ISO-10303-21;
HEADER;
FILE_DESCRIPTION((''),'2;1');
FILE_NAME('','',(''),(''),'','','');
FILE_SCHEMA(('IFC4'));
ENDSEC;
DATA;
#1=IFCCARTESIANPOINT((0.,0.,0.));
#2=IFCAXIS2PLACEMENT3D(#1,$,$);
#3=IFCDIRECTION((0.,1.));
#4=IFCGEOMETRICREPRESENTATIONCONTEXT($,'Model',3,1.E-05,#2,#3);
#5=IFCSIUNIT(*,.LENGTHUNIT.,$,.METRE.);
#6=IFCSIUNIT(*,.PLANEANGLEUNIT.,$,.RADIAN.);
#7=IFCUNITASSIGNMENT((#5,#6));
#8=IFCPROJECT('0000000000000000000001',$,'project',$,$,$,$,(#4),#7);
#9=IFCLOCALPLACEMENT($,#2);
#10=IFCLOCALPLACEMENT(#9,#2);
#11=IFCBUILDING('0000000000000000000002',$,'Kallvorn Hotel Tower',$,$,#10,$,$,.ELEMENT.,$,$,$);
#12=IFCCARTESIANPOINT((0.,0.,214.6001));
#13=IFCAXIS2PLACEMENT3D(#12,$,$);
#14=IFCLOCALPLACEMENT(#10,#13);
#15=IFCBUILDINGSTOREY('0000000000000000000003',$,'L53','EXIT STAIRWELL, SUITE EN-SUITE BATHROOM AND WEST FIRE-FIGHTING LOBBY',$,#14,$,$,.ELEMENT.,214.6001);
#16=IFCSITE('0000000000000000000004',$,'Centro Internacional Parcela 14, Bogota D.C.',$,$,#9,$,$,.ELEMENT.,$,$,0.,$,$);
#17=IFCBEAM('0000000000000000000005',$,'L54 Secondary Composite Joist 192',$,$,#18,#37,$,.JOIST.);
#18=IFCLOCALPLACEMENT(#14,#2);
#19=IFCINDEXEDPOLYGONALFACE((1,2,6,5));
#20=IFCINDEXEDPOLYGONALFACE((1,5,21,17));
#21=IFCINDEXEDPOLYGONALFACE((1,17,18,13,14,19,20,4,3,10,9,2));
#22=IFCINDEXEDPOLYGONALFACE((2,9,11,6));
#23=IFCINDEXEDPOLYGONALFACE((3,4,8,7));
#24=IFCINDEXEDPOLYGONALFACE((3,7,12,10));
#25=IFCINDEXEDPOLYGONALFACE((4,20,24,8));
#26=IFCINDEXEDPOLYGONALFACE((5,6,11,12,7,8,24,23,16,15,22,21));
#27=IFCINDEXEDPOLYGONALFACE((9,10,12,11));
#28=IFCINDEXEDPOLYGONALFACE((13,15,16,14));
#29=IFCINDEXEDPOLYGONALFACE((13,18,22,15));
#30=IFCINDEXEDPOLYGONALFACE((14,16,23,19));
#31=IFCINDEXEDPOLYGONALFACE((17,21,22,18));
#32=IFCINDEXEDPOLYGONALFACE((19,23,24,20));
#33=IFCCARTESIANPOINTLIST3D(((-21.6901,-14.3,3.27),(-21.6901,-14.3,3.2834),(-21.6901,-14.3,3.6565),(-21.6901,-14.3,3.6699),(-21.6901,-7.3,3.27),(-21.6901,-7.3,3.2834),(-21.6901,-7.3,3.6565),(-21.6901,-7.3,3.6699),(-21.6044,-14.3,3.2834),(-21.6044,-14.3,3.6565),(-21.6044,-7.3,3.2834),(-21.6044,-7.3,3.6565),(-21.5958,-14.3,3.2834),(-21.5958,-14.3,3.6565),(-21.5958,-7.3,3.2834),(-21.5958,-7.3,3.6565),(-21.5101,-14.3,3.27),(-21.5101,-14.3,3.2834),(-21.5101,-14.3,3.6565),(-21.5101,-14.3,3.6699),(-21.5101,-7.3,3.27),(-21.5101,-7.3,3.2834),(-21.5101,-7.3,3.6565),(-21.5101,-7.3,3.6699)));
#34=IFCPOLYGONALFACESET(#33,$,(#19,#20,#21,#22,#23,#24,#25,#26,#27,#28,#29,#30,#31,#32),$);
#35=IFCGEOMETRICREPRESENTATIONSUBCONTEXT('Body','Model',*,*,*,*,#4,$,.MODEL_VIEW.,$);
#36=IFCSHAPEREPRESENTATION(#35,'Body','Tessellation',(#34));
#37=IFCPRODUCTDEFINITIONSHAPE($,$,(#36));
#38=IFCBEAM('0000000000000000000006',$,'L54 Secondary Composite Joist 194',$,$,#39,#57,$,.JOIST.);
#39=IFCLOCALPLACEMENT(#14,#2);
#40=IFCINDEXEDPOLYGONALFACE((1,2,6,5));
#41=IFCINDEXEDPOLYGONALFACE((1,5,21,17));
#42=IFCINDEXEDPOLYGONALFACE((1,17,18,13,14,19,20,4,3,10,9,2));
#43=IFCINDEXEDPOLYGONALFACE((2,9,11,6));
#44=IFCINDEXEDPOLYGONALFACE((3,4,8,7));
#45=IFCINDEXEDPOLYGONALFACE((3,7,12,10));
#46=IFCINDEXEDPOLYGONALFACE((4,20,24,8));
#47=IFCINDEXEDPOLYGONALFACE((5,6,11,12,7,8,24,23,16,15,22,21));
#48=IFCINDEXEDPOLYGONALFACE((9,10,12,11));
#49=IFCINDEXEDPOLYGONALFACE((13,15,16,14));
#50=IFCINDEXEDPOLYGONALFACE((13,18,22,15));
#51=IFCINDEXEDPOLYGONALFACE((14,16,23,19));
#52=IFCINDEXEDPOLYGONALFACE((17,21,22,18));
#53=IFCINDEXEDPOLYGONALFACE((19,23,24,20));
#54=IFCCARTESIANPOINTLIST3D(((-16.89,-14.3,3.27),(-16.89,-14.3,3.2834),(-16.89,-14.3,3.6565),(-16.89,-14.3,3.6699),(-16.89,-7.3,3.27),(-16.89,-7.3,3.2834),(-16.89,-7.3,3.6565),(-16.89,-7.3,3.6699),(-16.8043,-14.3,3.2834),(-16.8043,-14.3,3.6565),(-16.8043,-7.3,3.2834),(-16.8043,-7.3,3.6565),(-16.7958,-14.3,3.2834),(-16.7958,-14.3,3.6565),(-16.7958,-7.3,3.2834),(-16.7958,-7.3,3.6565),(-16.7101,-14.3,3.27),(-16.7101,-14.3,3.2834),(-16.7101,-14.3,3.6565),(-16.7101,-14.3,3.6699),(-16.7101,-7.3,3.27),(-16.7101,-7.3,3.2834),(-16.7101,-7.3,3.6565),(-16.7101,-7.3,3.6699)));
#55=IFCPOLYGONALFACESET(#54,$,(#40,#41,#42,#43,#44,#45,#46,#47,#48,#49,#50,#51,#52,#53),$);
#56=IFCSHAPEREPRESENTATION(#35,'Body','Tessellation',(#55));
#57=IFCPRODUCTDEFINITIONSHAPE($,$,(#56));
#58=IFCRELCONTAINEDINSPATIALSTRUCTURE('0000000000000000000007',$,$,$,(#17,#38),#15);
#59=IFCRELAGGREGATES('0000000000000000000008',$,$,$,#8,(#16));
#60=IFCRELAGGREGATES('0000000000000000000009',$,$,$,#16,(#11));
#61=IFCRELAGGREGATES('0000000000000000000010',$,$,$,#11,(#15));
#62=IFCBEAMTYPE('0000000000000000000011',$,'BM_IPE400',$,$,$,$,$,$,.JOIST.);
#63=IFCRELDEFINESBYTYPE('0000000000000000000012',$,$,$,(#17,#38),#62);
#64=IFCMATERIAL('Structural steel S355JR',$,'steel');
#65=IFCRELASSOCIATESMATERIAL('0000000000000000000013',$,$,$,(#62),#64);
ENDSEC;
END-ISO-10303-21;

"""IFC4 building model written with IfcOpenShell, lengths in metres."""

from ifc_helpers import new_model, si_unit, direction, frame, origin, origin_2d, place, context, subcontext, project, spatial, i_section, extrude, material, material_profile, profile_set, type_object, element, save


model = new_model("IFC4")

# Units and contexts
model_context = context("Model", 3, precision=1e-05, world=origin(), true_north=direction((0.0, 1.0)))
body_context = subcontext(model_context, "Body", "Model", "MODEL_VIEW")
ifc_project = project(units=[si_unit("LENGTHUNIT", "METRE"), si_unit("PLANEANGLEUNIT", "RADIAN")], contexts=[model_context])

# Site, building, storey
site_placement = place(None, origin())
site = spatial("IfcSite", under=ifc_project, at=site_placement, Name="Centro Internacional Parcela 14, Bogota D.C.", CompositionType="ELEMENT", RefElevation=0.0)
building_placement = place(site_placement, origin())
building = spatial("IfcBuilding", under=site, at=building_placement, Name="Kallvorn Hotel Tower", CompositionType="ELEMENT")
storey_placement = place(building_placement, frame((0.0, 0.0, 214.6001)))
storey = spatial("IfcBuildingStorey", under=building, at=storey_placement, Name="L53", Description="EXIT STAIRWELL, SUITE EN-SUITE BATHROOM AND WEST FIRE-FIGHTING LOBBY", CompositionType="ELEMENT", Elevation=214.6001)

# Beams
ifc_material_1 = material(Name="Structural steel S355JR", Category="steel")
ifc_material_profile_1 = material_profile(ifc_material_1, i_section(OverallWidth=0.1799, OverallDepth=0.3999, WebThickness=0.0085, FlangeThickness=0.0134, at=origin_2d()), Name="IPE 400")
ifc_profile_set_1 = profile_set([ifc_material_profile_1], Name="Structural steel S355JR")
beam_type_1 = type_object("IfcBeamType", Name="BM_IPE400", PredefinedType="JOIST", material=ifc_profile_set_1)
for number, where, z_axis, x_axis, name in (
    (1, (-21.6001, -14.3, 3.47), (0.0, 1.0, 0.0), (-1.0, 0.0, 0.0), "L54 Secondary Composite Joist 192"),
    (2, (-16.8, -14.3, 3.47), (0.0, 1.0, 0.0), (-1.0, 0.0, 0.0), "L54 Secondary Composite Joist 194"),
):
    element("IfcBeam", number, at=place(storey_placement, frame(where, z_axis=z_axis, x_axis=x_axis)), inside=storey, type_object=beam_type_1, Name=name, PredefinedType="JOIST", context=body_context, shape_type="SweptSolid", body=[
        extrude(i_section(OverallWidth=0.1799, OverallDepth=0.3999, WebThickness=0.0085, FlangeThickness=0.0134, at=origin_2d()), origin(), (0.0, 0.0, 1.0), 7.0),
    ])

save(model, "model.ifc")
